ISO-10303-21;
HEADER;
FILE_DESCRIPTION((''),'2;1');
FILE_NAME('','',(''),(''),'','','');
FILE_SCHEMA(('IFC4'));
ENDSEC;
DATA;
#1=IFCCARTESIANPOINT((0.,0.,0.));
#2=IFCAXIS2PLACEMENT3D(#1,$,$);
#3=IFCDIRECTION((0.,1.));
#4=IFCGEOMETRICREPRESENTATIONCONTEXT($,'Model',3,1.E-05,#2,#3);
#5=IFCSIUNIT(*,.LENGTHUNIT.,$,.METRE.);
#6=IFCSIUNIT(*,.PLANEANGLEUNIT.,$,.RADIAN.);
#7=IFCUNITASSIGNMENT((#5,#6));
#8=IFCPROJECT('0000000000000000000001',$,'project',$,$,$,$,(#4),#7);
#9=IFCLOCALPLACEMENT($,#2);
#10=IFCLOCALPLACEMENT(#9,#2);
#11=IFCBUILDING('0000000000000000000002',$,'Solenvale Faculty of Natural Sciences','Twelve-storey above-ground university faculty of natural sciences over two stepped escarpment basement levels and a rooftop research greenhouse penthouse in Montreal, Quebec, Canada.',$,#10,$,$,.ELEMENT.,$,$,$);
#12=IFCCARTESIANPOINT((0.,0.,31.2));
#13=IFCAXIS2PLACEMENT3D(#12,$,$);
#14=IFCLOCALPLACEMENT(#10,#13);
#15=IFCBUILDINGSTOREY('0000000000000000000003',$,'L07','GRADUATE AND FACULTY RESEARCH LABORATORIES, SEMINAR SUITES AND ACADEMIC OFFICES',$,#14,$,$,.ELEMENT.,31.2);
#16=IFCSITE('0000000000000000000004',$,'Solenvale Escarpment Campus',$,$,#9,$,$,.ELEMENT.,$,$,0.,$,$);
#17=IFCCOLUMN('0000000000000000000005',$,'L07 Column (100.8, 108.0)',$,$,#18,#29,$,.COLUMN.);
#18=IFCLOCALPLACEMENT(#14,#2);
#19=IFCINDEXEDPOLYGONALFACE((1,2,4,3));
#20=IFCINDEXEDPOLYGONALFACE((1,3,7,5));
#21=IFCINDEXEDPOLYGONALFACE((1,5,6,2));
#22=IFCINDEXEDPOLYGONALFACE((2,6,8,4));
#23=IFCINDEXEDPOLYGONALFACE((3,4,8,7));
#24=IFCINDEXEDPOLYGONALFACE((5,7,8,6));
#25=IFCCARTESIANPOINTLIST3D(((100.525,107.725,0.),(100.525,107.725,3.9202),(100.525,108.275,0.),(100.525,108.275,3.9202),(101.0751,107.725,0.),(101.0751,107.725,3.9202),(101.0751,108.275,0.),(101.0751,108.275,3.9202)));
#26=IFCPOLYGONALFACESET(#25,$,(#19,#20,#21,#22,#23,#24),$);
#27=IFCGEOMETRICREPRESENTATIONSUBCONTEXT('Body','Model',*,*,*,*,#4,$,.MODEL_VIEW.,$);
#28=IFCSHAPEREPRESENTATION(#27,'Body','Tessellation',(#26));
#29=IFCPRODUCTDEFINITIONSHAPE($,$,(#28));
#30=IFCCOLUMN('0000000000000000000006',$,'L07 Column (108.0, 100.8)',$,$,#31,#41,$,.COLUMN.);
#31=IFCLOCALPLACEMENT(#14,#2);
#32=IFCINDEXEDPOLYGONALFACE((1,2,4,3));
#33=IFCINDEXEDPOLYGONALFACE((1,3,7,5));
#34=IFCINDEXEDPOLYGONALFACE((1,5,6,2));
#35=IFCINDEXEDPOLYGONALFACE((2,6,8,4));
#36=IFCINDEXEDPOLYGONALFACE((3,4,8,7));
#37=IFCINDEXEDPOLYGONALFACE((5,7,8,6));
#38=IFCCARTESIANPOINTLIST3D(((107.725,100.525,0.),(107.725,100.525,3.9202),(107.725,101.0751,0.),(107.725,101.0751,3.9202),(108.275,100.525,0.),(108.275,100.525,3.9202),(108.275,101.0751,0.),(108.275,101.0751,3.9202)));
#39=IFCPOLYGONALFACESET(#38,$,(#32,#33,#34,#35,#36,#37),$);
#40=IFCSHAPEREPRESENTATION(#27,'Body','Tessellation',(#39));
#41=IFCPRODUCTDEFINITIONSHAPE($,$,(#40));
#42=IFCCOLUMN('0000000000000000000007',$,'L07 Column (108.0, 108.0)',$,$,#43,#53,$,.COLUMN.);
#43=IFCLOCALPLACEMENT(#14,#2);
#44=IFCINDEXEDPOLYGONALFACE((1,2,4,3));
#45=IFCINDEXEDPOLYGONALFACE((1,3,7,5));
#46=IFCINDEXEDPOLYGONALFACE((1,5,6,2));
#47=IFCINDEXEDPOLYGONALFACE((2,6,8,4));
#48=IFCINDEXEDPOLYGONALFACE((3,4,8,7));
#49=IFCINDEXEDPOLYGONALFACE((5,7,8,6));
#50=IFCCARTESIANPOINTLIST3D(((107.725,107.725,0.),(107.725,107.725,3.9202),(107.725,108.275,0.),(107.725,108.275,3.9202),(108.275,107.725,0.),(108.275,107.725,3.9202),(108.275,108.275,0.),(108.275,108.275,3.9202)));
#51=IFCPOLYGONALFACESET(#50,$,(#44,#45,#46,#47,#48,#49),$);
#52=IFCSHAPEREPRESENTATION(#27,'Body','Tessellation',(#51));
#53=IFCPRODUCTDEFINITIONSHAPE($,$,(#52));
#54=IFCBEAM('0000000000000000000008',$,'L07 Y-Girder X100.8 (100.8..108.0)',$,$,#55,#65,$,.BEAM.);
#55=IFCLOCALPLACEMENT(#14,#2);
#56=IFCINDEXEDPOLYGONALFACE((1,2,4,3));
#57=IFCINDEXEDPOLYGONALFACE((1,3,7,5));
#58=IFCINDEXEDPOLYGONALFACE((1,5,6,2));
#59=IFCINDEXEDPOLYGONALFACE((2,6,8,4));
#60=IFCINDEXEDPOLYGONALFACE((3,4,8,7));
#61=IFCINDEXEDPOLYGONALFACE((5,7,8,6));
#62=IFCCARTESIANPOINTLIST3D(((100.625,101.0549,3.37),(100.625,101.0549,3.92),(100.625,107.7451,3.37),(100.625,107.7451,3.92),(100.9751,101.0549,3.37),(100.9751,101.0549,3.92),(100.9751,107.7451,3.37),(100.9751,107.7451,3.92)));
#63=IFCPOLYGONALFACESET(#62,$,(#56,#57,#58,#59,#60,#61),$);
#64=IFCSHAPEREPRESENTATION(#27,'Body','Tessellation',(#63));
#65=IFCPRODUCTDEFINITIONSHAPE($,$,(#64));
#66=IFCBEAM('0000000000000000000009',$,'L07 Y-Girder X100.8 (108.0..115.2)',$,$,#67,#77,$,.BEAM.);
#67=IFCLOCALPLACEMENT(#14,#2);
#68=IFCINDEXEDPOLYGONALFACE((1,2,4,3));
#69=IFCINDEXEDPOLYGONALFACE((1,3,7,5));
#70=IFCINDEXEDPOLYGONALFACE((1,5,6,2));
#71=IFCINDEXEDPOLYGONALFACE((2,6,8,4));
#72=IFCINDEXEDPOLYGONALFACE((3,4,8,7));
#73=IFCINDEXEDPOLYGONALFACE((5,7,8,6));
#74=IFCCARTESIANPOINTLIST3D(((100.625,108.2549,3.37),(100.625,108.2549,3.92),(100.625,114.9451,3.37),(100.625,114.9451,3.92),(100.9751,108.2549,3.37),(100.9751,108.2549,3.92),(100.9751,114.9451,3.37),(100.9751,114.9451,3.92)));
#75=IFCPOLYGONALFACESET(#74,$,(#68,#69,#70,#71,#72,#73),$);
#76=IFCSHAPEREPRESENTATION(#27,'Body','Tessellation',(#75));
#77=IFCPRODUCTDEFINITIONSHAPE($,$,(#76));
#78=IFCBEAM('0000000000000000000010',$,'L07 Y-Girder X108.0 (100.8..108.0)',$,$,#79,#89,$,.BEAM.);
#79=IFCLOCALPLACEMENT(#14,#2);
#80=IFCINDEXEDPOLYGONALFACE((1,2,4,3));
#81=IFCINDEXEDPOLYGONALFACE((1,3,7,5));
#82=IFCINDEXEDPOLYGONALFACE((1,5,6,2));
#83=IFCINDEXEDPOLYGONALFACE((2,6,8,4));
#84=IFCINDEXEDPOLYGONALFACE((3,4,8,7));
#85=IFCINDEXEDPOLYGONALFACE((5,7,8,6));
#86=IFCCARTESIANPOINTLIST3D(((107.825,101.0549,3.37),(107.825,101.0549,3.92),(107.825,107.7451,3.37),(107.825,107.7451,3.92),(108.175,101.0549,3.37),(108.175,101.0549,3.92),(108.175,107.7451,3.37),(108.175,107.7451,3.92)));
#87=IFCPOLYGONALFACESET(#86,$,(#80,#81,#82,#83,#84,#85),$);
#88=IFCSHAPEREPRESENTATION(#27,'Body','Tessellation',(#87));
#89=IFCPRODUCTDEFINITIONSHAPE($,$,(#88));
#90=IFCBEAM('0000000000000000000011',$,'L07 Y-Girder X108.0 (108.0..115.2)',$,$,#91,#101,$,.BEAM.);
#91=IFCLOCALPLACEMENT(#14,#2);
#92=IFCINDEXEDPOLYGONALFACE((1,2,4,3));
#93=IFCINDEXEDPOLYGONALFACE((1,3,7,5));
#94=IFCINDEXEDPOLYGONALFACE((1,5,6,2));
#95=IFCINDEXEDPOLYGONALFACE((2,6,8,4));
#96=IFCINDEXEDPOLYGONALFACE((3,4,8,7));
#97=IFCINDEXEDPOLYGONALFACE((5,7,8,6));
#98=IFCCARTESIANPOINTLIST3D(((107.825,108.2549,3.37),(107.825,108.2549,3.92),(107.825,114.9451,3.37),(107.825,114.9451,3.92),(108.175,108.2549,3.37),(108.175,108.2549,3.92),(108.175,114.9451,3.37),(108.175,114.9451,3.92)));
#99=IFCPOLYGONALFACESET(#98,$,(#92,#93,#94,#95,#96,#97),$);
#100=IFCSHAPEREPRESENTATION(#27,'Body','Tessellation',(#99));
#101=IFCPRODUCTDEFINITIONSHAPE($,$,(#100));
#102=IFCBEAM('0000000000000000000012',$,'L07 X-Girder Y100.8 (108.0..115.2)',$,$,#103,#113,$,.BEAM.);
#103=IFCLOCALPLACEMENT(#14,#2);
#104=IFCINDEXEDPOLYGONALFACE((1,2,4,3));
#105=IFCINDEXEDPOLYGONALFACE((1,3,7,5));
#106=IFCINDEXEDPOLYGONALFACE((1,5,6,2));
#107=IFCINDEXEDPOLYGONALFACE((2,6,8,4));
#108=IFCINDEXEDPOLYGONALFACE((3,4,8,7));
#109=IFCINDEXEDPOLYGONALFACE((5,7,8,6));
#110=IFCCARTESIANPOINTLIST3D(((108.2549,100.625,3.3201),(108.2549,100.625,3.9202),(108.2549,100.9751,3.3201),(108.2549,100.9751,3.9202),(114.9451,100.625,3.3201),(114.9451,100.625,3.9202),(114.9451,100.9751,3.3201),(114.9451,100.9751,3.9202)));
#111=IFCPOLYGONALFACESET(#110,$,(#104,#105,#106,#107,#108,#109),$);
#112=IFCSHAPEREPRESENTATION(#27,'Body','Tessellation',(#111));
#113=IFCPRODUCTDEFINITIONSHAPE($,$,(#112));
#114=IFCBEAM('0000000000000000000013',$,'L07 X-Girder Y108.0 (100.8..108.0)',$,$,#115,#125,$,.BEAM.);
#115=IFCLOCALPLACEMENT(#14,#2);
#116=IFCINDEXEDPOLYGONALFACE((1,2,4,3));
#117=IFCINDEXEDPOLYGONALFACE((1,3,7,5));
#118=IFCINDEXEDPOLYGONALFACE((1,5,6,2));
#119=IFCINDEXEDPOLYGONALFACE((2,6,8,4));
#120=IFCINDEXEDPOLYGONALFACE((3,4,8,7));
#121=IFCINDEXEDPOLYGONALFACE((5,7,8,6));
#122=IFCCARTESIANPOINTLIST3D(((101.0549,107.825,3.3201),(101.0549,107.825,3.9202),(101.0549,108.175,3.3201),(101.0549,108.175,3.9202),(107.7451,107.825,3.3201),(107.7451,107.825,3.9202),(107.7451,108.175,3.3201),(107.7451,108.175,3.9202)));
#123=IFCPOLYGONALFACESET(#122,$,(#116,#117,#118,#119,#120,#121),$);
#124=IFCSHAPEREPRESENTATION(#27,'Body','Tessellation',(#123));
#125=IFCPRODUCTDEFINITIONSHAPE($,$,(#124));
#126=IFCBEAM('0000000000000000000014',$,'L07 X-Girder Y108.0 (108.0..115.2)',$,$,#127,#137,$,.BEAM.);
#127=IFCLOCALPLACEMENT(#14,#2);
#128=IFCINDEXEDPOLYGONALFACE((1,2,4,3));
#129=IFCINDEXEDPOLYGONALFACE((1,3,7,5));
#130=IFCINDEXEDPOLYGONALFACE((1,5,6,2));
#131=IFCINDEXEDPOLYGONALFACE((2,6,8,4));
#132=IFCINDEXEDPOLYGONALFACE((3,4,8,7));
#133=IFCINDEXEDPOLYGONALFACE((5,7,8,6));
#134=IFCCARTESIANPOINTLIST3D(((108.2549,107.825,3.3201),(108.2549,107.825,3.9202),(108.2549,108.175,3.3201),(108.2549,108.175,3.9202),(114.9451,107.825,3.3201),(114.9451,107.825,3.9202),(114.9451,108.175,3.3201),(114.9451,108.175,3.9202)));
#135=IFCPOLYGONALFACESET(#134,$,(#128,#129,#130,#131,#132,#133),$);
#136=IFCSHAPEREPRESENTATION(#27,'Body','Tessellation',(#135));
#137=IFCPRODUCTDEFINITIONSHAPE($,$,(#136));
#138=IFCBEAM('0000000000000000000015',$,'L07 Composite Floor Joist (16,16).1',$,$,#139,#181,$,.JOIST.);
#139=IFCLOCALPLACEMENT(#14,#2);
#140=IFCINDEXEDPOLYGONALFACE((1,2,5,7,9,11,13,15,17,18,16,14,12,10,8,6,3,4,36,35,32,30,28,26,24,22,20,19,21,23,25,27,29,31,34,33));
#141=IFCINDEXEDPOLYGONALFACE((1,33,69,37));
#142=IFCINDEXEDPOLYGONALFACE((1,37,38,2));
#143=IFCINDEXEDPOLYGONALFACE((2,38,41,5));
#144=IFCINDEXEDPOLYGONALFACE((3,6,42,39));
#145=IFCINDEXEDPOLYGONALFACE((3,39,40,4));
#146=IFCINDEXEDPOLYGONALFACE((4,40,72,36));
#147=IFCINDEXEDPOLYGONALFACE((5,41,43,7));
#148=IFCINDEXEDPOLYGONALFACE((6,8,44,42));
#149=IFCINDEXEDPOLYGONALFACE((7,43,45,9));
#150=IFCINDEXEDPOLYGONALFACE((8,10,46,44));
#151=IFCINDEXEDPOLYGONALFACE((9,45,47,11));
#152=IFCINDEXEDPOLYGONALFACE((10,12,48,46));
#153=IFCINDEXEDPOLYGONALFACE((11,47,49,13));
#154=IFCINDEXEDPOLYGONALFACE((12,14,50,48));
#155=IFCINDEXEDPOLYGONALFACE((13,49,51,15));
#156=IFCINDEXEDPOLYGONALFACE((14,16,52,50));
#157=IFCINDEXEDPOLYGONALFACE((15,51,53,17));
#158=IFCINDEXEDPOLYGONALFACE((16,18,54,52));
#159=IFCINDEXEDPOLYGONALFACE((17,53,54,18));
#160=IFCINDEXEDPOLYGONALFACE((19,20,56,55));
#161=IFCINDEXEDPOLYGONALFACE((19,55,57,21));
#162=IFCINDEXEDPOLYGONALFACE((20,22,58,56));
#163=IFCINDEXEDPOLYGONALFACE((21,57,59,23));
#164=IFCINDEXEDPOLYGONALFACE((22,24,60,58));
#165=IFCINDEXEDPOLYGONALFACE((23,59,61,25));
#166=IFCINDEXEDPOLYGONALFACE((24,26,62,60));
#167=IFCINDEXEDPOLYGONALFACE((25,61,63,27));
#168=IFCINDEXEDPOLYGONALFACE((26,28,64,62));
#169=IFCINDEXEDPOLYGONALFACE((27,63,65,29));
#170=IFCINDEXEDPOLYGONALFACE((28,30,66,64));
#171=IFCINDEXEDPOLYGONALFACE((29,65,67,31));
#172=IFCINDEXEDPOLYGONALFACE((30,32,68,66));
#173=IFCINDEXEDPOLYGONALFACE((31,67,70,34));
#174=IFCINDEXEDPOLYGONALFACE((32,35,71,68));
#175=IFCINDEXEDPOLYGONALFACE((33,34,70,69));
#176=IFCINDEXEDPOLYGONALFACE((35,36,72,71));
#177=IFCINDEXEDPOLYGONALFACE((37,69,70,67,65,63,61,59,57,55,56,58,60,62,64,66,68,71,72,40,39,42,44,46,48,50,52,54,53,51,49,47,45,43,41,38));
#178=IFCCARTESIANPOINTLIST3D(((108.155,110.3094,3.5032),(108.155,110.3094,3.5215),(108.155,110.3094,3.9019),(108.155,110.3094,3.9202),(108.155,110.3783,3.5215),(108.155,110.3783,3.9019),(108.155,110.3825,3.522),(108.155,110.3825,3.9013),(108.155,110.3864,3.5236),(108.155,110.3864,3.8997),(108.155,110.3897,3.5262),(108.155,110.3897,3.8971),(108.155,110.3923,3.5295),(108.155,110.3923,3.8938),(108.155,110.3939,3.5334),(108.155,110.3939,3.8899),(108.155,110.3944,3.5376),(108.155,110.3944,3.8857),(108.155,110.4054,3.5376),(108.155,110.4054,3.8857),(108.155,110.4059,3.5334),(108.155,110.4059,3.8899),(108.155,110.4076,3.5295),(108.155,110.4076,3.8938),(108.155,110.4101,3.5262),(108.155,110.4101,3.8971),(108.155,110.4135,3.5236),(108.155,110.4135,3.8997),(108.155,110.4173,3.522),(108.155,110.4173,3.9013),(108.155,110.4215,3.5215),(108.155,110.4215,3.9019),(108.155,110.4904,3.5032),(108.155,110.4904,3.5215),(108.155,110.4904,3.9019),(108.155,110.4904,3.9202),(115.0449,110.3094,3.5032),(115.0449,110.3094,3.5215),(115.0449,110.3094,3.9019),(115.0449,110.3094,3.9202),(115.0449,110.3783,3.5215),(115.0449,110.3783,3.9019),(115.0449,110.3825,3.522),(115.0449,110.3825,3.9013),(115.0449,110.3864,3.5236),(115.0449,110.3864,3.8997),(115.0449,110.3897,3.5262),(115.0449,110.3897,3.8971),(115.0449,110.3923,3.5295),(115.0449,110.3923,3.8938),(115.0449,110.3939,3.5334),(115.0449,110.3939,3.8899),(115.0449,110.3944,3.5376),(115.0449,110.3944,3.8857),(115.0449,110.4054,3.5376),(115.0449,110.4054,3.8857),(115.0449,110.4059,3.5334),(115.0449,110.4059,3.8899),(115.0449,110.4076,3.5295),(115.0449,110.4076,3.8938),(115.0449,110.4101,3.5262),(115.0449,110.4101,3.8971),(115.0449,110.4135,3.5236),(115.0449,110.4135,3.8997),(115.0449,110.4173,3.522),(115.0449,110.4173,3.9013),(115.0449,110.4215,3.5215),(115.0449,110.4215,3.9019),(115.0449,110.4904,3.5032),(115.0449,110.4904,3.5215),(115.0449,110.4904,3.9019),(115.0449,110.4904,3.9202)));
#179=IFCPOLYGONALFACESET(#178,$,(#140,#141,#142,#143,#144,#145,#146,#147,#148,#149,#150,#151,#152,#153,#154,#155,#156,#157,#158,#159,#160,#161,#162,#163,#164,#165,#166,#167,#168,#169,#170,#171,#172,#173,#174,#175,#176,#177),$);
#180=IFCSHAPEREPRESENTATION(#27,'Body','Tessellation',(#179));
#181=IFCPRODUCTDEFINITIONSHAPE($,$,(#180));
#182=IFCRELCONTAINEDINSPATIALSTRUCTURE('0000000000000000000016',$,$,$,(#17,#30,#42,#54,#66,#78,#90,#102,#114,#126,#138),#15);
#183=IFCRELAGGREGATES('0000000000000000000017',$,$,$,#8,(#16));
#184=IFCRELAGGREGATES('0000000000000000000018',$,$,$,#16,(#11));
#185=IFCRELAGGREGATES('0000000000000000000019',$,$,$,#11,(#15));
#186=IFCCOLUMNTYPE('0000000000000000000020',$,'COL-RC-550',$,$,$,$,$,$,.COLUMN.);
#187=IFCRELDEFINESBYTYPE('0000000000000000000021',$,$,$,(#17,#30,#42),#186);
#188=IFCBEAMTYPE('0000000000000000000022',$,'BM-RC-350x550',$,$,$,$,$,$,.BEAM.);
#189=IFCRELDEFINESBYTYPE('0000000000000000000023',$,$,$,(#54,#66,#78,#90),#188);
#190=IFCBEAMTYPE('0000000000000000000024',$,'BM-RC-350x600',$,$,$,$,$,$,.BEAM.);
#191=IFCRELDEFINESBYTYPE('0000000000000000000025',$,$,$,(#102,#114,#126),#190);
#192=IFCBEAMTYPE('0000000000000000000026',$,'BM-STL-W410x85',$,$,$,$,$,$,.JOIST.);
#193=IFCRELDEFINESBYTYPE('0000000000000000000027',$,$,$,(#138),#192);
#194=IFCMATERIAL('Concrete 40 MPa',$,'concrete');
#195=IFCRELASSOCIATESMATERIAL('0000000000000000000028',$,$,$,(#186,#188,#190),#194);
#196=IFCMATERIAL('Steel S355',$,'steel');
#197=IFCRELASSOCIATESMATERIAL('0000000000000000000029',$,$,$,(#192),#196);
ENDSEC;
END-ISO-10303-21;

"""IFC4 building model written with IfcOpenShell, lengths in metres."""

from ifc_helpers import new_model, si_unit, direction, frame, origin, origin_2d, place, context, subcontext, project, spatial, rectangle, i_section, extrude, material, material_profile, profile_set, type_object, element, save


model = new_model("IFC4")

# Units and contexts
model_context = context("Model", 3, precision=1e-05, world=origin(), true_north=direction((0.0, 1.0)))
body_context = subcontext(model_context, "Body", "Model", "MODEL_VIEW")
ifc_project = project(units=[si_unit("LENGTHUNIT", "METRE"), si_unit("PLANEANGLEUNIT", "RADIAN")], contexts=[model_context])

# Site, building, storey
site_placement = place(None, origin())
site = spatial("IfcSite", under=ifc_project, at=site_placement, Name="Solenvale Escarpment Campus", CompositionType="ELEMENT", RefElevation=0.0)
building_placement = place(site_placement, origin())
building = spatial("IfcBuilding", under=site, at=building_placement, Name="Solenvale Faculty of Natural Sciences", Description="Twelve-storey above-ground university faculty of natural sciences over two stepped escarpment basement levels and a rooftop research greenhouse penthouse in Montreal, Quebec, Canada.", CompositionType="ELEMENT")
storey_placement = place(building_placement, frame((0.0, 0.0, 31.2)))
storey = spatial("IfcBuildingStorey", under=building, at=storey_placement, Name="L07", Description="GRADUATE AND FACULTY RESEARCH LABORATORIES, SEMINAR SUITES AND ACADEMIC OFFICES", CompositionType="ELEMENT", Elevation=31.2)

# Columns
ifc_material_1 = material(Name="Concrete 40 MPa", Category="concrete")
ifc_material_profile_1 = material_profile(ifc_material_1, rectangle(XDim=0.55, YDim=0.55, at=origin_2d()), Name="RC-COL-550x550")
ifc_profile_set_1 = profile_set([ifc_material_profile_1], Name="Concrete 40 MPa")
column_type = type_object("IfcColumnType", Name="COL-RC-550", PredefinedType="COLUMN", material=ifc_profile_set_1)
for number, where, z_axis, x_axis, name in (
    (1, (100.8, 108.0, 0.0), (0.0, 0.0, 1.0), (1.0, 0.0, 0.0), "L07 Column (100.8, 108.0)"),
    (2, (108.0, 100.8, 0.0), (0.0, 0.0, 1.0), (1.0, 0.0, 0.0), "L07 Column (108.0, 100.8)"),
    (3, (108.0, 108.0, 0.0), (0.0, 0.0, 1.0), (1.0, 0.0, 0.0), "L07 Column (108.0, 108.0)"),
):
    element("IfcColumn", number, at=place(storey_placement, frame(where, z_axis=z_axis, x_axis=x_axis)), inside=storey, type_object=column_type, Name=name, PredefinedType="COLUMN", context=body_context, shape_type="SweptSolid", body=[
        extrude(rectangle(XDim=0.55, YDim=0.55, at=origin_2d()), origin(), (0.0, 0.0, 1.0), 3.9202),
    ])

# Beams
ifc_material_profile_2 = material_profile(ifc_material_1, rectangle(XDim=0.3501, YDim=0.55, at=origin_2d()), Name="RC-BM-350x550")
ifc_profile_set_2 = profile_set([ifc_material_profile_2], Name="Concrete 40 MPa")
beam_type_1 = type_object("IfcBeamType", Name="BM-RC-350x550", PredefinedType="BEAM", material=ifc_profile_set_2)
for number, where, z_axis, x_axis, name in (
    (4, (100.8, 101.0549, 3.645), (0.0, 1.0, 0.0), (-1.0, 0.0, 0.0), "L07 Y-Girder X100.8 (100.8..108.0)"),
    (5, (100.8, 108.2549, 3.645), (0.0, 1.0, 0.0), (-1.0, 0.0, 0.0), "L07 Y-Girder X100.8 (108.0..115.2)"),
    (6, (108.0, 101.0549, 3.645), (0.0, 1.0, 0.0), (-1.0, 0.0, 0.0), "L07 Y-Girder X108.0 (100.8..108.0)"),
    (7, (108.0, 108.2549, 3.645), (0.0, 1.0, 0.0), (-1.0, 0.0, 0.0), "L07 Y-Girder X108.0 (108.0..115.2)"),
):
    element("IfcBeam", number, at=place(storey_placement, frame(where, z_axis=z_axis, x_axis=x_axis)), inside=storey, type_object=beam_type_1, Name=name, PredefinedType="BEAM", context=body_context, shape_type="SweptSolid", body=[
        extrude(rectangle(XDim=0.3501, YDim=0.55, at=origin_2d()), origin(), (0.0, 0.0, 1.0), 6.6902),
    ])
ifc_material_profile_3 = material_profile(ifc_material_1, rectangle(XDim=0.3501, YDim=0.6001, at=origin_2d()), Name="RC-BM-350x600")
ifc_profile_set_3 = profile_set([ifc_material_profile_3], Name="Concrete 40 MPa")
beam_type_2 = type_object("IfcBeamType", Name="BM-RC-350x600", PredefinedType="BEAM", material=ifc_profile_set_3)
for number, where, z_axis, x_axis, name in (
    (8, (108.2549, 100.8, 3.6201), (1.0, 0.0, 0.0), (0.0, 1.0, 0.0), "L07 X-Girder Y100.8 (108.0..115.2)"),
    (9, (101.0549, 108.0, 3.6201), (1.0, 0.0, 0.0), (0.0, 1.0, 0.0), "L07 X-Girder Y108.0 (100.8..108.0)"),
    (10, (108.2549, 108.0, 3.6201), (1.0, 0.0, 0.0), (0.0, 1.0, 0.0), "L07 X-Girder Y108.0 (108.0..115.2)"),
):
    element("IfcBeam", number, at=place(storey_placement, frame(where, z_axis=z_axis, x_axis=x_axis)), inside=storey, type_object=beam_type_2, Name=name, PredefinedType="BEAM", context=body_context, shape_type="SweptSolid", body=[
        extrude(rectangle(XDim=0.3501, YDim=0.6001, at=origin_2d()), origin(), (0.0, 0.0, 1.0), 6.6902),
    ])
ifc_material_2 = material(Name="Steel S355", Category="steel")
ifc_material_profile_4 = material_profile(ifc_material_2, i_section(OverallWidth=0.1809, OverallDepth=0.417, WebThickness=0.011, FlangeThickness=0.0183, FilletRadius=0.0161, at=origin_2d()), Name="W410x85")
ifc_profile_set_4 = profile_set([ifc_material_profile_4], Name="Steel S355")
beam_type_3 = type_object("IfcBeamType", Name="BM-STL-W410x85", PredefinedType="JOIST", material=ifc_profile_set_4)
for number, where, z_axis, x_axis, name in (
    (11, (108.155, 110.3999, 3.7117), (1.0, 0.0, 0.0), (0.0, 1.0, 0.0), "L07 Composite Floor Joist (16,16).1"),
):
    element("IfcBeam", number, at=place(storey_placement, frame(where, z_axis=z_axis, x_axis=x_axis)), inside=storey, type_object=beam_type_3, Name=name, PredefinedType="JOIST", context=body_context, shape_type="SweptSolid", body=[
        extrude(i_section(OverallWidth=0.1809, OverallDepth=0.417, WebThickness=0.011, FlangeThickness=0.0183, FilletRadius=0.0161, at=origin_2d()), origin(), (0.0, 0.0, 1.0), 6.8899),
    ])

save(model, "model.ifc")
